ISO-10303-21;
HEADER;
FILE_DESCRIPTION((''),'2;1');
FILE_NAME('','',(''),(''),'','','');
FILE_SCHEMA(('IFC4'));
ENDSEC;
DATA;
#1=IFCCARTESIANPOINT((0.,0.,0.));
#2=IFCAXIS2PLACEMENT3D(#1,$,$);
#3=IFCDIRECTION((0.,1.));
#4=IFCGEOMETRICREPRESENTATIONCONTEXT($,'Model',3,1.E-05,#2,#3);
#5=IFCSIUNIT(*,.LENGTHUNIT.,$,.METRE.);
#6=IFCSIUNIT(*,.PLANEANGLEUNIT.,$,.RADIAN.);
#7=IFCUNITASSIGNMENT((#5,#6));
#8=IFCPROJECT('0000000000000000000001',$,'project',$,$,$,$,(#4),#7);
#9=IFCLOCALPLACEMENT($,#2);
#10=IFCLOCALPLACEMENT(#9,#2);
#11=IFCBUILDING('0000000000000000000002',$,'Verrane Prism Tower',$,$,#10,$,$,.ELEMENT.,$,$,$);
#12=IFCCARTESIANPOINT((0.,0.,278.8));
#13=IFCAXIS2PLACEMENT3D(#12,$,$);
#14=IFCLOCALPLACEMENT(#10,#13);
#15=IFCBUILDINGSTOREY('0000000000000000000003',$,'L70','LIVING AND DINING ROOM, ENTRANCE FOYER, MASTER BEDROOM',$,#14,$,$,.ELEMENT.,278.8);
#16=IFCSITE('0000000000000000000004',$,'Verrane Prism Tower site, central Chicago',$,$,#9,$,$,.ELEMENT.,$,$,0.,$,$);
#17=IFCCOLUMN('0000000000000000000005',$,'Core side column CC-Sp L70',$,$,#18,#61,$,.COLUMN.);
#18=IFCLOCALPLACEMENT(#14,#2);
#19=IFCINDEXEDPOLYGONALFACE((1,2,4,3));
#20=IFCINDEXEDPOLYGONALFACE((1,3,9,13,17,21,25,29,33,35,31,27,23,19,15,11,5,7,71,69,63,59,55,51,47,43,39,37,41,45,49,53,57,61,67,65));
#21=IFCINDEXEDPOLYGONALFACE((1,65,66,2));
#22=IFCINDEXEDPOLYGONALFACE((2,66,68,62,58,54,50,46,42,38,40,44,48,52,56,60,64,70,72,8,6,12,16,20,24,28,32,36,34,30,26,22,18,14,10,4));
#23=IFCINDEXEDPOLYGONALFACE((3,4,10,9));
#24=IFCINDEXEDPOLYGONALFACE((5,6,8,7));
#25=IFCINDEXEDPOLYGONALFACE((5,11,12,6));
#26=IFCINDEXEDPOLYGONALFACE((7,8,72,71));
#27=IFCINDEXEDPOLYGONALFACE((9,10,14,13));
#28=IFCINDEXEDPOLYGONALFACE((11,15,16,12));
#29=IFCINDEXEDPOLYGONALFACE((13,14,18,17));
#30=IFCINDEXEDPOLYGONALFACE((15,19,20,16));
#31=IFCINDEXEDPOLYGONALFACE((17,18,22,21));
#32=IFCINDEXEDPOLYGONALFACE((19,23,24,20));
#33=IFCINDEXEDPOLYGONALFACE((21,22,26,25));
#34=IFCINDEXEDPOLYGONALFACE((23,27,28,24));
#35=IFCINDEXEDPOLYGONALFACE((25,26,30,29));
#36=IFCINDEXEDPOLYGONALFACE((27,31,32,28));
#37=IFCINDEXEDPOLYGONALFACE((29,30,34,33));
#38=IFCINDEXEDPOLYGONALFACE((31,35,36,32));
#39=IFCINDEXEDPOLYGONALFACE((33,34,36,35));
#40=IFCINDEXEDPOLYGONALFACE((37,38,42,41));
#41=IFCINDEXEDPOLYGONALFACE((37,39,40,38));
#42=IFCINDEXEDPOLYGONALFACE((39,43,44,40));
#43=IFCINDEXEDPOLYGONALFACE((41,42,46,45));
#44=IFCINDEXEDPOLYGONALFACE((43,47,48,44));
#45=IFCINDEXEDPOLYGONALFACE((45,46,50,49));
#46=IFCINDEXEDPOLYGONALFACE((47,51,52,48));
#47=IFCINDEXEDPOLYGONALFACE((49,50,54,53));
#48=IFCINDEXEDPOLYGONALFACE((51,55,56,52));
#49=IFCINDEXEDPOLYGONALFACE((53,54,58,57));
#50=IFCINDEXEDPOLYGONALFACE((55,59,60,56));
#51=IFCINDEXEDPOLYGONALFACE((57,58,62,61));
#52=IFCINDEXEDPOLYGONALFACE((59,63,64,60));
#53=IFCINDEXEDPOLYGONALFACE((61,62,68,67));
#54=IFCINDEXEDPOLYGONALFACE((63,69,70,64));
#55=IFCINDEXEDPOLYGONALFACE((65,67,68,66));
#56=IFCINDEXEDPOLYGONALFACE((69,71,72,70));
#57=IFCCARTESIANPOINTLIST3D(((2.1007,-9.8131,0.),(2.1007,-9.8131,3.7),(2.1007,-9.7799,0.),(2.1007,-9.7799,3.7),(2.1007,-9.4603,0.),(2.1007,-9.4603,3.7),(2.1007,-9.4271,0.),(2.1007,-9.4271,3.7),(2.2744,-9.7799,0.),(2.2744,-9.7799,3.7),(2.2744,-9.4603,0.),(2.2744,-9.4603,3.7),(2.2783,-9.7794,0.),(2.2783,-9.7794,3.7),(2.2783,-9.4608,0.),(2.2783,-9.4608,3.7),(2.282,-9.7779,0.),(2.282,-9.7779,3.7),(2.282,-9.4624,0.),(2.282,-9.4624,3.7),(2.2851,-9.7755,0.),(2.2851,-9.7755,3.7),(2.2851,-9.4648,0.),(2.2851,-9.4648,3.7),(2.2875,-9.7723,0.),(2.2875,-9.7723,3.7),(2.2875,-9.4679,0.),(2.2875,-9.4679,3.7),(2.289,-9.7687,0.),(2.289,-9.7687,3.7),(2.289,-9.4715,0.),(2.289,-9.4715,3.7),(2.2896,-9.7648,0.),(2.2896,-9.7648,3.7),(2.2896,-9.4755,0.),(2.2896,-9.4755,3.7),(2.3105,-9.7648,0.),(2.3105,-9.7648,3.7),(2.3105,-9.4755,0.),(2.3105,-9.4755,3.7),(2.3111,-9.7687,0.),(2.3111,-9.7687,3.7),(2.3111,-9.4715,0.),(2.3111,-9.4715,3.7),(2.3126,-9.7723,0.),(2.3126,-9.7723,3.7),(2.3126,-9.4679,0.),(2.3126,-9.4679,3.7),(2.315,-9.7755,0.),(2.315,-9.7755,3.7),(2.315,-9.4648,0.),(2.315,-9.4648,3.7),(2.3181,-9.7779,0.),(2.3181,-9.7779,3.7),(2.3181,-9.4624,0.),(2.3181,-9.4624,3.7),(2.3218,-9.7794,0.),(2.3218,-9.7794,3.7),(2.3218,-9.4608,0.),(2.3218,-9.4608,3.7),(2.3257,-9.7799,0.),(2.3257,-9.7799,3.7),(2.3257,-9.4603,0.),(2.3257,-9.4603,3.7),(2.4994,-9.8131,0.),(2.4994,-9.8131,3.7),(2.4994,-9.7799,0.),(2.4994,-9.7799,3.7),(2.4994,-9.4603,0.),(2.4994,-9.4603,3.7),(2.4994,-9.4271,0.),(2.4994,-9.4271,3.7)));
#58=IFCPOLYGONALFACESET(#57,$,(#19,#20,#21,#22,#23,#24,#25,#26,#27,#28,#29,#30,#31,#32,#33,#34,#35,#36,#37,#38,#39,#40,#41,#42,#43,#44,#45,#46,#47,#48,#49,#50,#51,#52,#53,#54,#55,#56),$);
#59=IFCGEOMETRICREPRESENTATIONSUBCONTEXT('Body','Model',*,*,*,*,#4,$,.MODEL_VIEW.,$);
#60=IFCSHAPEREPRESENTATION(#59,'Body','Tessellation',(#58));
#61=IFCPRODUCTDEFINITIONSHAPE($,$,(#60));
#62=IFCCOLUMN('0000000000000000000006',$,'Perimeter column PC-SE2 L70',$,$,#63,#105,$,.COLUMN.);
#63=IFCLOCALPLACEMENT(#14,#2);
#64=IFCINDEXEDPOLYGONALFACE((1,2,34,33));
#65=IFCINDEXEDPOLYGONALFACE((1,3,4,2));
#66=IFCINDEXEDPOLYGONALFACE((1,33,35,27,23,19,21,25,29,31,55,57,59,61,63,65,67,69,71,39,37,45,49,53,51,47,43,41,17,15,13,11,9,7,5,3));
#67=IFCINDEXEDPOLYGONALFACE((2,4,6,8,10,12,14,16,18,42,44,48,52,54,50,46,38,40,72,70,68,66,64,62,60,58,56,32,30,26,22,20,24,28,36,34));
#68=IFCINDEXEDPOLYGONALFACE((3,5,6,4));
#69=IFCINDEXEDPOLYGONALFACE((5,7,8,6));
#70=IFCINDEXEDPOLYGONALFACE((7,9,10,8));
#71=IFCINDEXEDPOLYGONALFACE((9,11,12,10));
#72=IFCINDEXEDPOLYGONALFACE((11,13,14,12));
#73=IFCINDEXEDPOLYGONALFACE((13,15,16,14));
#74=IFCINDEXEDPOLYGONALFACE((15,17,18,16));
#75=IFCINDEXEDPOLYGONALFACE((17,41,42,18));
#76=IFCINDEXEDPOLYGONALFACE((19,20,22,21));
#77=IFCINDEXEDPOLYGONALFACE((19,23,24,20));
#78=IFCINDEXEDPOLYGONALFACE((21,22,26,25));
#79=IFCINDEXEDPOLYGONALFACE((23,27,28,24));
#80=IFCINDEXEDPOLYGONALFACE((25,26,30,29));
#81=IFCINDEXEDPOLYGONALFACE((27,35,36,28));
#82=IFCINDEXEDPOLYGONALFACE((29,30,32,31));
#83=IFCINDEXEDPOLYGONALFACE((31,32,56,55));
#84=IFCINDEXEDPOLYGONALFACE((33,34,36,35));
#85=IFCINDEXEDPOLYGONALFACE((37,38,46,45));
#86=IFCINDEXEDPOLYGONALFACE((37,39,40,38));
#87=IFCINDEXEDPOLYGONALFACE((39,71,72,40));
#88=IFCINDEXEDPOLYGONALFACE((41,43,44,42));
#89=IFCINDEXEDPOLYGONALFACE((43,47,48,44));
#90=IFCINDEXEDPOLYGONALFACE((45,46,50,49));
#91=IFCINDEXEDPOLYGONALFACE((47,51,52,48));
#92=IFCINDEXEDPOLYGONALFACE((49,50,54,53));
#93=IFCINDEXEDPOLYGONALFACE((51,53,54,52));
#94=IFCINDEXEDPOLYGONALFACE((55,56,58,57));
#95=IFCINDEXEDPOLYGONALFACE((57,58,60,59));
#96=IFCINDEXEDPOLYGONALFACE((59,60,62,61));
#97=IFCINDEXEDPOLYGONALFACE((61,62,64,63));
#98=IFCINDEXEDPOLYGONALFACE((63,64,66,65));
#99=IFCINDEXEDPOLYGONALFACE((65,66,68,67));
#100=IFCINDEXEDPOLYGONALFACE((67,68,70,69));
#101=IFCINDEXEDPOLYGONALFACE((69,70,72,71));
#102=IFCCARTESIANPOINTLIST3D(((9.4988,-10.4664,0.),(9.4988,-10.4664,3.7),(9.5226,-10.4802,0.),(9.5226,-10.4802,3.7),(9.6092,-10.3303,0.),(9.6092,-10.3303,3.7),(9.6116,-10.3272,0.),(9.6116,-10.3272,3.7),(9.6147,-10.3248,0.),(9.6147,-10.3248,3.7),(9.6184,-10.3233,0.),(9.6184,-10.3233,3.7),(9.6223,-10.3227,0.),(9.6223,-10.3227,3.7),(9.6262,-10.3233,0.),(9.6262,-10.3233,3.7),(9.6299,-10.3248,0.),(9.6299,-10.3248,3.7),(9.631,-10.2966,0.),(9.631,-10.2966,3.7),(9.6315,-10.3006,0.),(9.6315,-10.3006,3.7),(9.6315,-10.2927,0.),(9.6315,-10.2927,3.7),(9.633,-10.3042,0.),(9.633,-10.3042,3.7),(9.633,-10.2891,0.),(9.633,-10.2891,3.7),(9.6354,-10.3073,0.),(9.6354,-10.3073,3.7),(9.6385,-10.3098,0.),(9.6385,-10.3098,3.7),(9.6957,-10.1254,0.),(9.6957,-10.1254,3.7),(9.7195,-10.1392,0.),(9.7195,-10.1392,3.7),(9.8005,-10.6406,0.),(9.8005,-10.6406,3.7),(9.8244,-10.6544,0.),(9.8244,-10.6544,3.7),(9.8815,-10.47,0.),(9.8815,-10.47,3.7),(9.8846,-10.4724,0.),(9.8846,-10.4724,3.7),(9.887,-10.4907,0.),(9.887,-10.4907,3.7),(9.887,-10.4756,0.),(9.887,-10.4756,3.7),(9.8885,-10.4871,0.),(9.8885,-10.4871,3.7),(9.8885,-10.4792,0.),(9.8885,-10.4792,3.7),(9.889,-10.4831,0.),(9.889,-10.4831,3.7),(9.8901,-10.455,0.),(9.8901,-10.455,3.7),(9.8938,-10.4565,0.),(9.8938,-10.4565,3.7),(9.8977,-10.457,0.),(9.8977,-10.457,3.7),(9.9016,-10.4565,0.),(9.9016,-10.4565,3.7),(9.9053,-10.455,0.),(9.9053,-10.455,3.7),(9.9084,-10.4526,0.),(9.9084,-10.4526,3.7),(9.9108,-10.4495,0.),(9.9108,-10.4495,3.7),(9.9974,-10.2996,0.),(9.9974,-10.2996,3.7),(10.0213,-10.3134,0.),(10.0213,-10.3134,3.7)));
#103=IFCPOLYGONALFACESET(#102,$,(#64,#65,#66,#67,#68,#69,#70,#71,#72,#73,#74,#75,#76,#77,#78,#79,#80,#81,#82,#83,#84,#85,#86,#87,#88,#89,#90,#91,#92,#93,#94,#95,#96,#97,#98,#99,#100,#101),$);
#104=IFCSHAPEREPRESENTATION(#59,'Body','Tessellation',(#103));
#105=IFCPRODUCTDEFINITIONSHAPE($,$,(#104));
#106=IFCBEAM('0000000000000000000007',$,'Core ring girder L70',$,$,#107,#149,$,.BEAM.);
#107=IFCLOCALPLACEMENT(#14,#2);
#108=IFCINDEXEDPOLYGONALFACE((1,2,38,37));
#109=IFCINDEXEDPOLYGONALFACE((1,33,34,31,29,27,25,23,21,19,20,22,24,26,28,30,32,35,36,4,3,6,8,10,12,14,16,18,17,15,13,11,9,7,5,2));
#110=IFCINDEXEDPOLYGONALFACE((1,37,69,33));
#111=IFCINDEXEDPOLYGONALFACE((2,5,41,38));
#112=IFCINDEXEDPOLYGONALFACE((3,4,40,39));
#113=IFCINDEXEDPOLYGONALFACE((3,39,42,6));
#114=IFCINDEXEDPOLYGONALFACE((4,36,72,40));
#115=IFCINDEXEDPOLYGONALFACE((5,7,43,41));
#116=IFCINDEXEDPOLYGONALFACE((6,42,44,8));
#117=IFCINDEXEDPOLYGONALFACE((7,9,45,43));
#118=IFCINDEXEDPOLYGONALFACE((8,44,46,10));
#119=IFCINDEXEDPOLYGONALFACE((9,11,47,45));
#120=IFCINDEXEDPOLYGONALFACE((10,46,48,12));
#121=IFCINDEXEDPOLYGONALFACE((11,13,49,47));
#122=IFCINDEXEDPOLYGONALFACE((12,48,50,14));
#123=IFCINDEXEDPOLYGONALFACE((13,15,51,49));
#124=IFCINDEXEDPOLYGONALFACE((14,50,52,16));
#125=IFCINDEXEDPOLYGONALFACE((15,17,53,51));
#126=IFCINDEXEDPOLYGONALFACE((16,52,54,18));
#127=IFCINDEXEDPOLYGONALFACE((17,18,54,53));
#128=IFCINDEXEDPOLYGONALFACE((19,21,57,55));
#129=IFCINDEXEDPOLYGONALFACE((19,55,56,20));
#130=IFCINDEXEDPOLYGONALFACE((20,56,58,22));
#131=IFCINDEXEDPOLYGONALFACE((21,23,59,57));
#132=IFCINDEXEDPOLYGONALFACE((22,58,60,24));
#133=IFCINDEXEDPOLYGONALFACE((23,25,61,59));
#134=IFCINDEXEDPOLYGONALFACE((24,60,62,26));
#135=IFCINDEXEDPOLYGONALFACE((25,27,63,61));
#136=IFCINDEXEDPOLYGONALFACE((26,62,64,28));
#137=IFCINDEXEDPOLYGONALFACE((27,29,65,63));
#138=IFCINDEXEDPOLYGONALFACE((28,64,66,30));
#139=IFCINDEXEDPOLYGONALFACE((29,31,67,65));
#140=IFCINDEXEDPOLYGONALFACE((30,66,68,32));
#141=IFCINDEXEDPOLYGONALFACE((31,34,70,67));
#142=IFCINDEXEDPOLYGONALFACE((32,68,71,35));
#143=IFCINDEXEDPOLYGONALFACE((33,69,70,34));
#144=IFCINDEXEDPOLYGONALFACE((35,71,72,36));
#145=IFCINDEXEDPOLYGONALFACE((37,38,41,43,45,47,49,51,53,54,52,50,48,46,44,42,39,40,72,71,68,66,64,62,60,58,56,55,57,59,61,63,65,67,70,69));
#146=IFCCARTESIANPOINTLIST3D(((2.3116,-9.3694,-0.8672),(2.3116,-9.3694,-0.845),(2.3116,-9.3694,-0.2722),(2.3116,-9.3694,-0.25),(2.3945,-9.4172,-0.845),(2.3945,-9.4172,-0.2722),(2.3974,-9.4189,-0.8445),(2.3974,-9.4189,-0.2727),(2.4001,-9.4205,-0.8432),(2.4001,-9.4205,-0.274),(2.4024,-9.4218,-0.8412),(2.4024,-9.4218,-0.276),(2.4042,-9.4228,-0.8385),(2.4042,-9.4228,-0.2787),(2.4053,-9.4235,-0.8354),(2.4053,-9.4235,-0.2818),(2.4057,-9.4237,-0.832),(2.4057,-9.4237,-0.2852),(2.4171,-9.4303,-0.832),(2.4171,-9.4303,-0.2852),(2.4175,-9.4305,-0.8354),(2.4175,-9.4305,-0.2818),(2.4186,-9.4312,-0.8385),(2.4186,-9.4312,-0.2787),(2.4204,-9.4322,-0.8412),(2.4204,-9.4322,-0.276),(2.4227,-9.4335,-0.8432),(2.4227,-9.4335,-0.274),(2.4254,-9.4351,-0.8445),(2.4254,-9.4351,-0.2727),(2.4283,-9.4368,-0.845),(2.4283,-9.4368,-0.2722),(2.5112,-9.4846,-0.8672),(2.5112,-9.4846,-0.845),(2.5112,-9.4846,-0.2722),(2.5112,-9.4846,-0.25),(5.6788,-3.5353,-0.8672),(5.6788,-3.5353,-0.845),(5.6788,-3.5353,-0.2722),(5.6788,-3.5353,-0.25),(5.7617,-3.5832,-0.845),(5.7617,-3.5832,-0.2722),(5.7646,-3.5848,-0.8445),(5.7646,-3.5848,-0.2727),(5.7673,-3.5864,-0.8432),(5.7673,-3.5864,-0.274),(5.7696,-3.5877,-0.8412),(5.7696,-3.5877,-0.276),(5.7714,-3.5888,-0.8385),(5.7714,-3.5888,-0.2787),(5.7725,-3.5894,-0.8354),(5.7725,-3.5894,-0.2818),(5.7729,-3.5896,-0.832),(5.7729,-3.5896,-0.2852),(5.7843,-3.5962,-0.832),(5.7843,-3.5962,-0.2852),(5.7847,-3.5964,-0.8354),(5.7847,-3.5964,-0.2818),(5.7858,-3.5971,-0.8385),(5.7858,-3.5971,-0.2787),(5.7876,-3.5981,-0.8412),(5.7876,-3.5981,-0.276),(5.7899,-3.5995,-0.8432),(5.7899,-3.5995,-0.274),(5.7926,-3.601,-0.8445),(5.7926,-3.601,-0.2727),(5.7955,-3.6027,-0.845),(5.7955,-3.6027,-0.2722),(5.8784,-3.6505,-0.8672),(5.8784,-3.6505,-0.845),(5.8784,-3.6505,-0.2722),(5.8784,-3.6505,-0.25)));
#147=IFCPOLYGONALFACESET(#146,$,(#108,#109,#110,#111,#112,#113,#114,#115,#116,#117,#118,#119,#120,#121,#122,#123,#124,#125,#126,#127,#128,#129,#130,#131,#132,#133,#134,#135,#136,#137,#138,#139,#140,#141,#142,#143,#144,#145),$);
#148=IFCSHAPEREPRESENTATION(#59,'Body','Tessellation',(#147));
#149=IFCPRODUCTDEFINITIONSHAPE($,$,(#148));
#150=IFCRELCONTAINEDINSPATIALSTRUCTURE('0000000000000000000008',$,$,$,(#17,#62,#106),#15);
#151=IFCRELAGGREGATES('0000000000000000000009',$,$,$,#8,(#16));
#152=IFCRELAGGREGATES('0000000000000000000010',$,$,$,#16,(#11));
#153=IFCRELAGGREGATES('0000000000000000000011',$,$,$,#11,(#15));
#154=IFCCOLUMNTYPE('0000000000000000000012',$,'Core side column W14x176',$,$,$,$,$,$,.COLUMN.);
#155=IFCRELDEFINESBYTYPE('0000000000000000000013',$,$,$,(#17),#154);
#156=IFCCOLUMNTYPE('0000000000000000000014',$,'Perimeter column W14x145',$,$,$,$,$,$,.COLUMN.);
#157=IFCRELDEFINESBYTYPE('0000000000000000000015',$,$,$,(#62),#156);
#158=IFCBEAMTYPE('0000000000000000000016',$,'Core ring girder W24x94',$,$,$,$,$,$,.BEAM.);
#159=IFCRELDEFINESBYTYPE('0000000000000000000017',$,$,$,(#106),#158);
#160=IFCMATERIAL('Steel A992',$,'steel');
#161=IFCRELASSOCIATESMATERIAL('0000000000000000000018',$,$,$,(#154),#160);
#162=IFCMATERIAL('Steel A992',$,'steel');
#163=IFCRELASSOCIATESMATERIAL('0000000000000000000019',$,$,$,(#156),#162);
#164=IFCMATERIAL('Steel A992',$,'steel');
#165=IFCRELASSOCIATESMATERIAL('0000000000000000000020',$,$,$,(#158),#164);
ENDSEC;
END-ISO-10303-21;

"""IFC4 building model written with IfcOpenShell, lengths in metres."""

from ifc_helpers import new_model, si_unit, direction, frame, origin, origin_2d, place, context, subcontext, project, spatial, i_section, extrude, material, material_profile, profile_set, type_object, element, save


model = new_model("IFC4")

# Units and contexts
model_context = context("Model", 3, precision=1e-05, world=origin(), true_north=direction((0.0, 1.0)))
body_context = subcontext(model_context, "Body", "Model", "MODEL_VIEW")
ifc_project = project(units=[si_unit("LENGTHUNIT", "METRE"), si_unit("PLANEANGLEUNIT", "RADIAN")], contexts=[model_context])

# Site, building, storey
site_placement = place(None, origin())
site = spatial("IfcSite", under=ifc_project, at=site_placement, Name="Verrane Prism Tower site, central Chicago", CompositionType="ELEMENT", RefElevation=0.0)
building_placement = place(site_placement, origin())
building = spatial("IfcBuilding", under=site, at=building_placement, Name="Verrane Prism Tower", CompositionType="ELEMENT")
storey_placement = place(building_placement, frame((0.0, 0.0, 278.8)))
storey = spatial("IfcBuildingStorey", under=building, at=storey_placement, Name="L70", Description="LIVING AND DINING ROOM, ENTRANCE FOYER, MASTER BEDROOM", CompositionType="ELEMENT", Elevation=278.8)

# Columns
ifc_material_1 = material(Name="Steel A992", Category="steel")
ifc_material_profile_1 = material_profile(ifc_material_1, i_section(OverallWidth=0.3987, OverallDepth=0.386, WebThickness=0.021, FlangeThickness=0.0332, FilletRadius=0.0151, at=origin_2d()), Name="W14x176")
ifc_profile_set_1 = profile_set([ifc_material_profile_1], Name="Steel A992")
column_type_1 = type_object("IfcColumnType", Name="Core side column W14x176", PredefinedType="COLUMN", material=ifc_profile_set_1)
column_1_placement = place(storey_placement, frame((2.3, -9.6201, 0.0), z_axis=(0.0, 0.0, 1.0), x_axis=(1.0, 0.0, 0.0)))
element("IfcColumn", 1, at=column_1_placement, inside=storey, type_object=column_type_1, Name="Core side column CC-Sp L70", PredefinedType="COLUMN", context=body_context, shape_type="SweptSolid", body=[
    extrude(i_section(OverallWidth=0.3987, OverallDepth=0.386, WebThickness=0.021, FlangeThickness=0.0332, FilletRadius=0.0151, at=origin_2d()), origin(), (0.0, 0.0, 1.0), 3.7),
])
ifc_material_2 = material(Name="Steel A992", Category="steel")
ifc_material_profile_2 = material_profile(ifc_material_2, i_section(OverallWidth=0.3938, OverallDepth=0.376, WebThickness=0.0173, FlangeThickness=0.0276, FilletRadius=0.0151, at=origin_2d()), Name="W14x145")
ifc_profile_set_2 = profile_set([ifc_material_profile_2], Name="Steel A992")
column_type_2 = type_object("IfcColumnType", Name="Perimeter column W14x145", PredefinedType="COLUMN", material=ifc_profile_set_2)
column_2_placement = place(storey_placement, frame((9.76, -10.3899, 0.0), z_axis=(0.0, 0.0, 1.0), x_axis=(-0.5, -0.866025, 0.0)))
element("IfcColumn", 2, at=column_2_placement, inside=storey, type_object=column_type_2, Name="Perimeter column PC-SE2 L70", PredefinedType="COLUMN", context=body_context, shape_type="SweptSolid", body=[
    extrude(i_section(OverallWidth=0.3938, OverallDepth=0.376, WebThickness=0.0173, FlangeThickness=0.0276, FilletRadius=0.0151, at=origin_2d()), origin(), (0.0, 0.0, 1.0), 3.7),
])

# Beam
ifc_material_3 = material(Name="Steel A992", Category="steel")
ifc_material_profile_3 = material_profile(ifc_material_3, i_section(OverallWidth=0.2305, OverallDepth=0.6172, WebThickness=0.0132, FlangeThickness=0.0222, FilletRadius=0.0129, at=origin_2d()), Name="W24x94")
ifc_profile_set_3 = profile_set([ifc_material_profile_3], Name="Steel A992")
beam_type_1 = type_object("IfcBeamType", Name="Core ring girder W24x94", PredefinedType="BEAM", material=ifc_profile_set_3)
beam_1_placement = place(storey_placement, frame((2.4114, -9.427, -0.5586), z_axis=(0.499881, 0.866094, 0.0), x_axis=(-0.866094, 0.499881, 0.0)))
element("IfcBeam", 3, at=beam_1_placement, inside=storey, type_object=beam_type_1, Name="Core ring girder L70", PredefinedType="BEAM", context=body_context, shape_type="SweptSolid", body=[
    extrude(i_section(OverallWidth=0.2305, OverallDepth=0.6172, WebThickness=0.0132, FlangeThickness=0.0222, FilletRadius=0.0129, at=origin_2d()), origin(), (0.0, 0.0, 1.0), 6.7361),
])

save(model, "model.ifc")
